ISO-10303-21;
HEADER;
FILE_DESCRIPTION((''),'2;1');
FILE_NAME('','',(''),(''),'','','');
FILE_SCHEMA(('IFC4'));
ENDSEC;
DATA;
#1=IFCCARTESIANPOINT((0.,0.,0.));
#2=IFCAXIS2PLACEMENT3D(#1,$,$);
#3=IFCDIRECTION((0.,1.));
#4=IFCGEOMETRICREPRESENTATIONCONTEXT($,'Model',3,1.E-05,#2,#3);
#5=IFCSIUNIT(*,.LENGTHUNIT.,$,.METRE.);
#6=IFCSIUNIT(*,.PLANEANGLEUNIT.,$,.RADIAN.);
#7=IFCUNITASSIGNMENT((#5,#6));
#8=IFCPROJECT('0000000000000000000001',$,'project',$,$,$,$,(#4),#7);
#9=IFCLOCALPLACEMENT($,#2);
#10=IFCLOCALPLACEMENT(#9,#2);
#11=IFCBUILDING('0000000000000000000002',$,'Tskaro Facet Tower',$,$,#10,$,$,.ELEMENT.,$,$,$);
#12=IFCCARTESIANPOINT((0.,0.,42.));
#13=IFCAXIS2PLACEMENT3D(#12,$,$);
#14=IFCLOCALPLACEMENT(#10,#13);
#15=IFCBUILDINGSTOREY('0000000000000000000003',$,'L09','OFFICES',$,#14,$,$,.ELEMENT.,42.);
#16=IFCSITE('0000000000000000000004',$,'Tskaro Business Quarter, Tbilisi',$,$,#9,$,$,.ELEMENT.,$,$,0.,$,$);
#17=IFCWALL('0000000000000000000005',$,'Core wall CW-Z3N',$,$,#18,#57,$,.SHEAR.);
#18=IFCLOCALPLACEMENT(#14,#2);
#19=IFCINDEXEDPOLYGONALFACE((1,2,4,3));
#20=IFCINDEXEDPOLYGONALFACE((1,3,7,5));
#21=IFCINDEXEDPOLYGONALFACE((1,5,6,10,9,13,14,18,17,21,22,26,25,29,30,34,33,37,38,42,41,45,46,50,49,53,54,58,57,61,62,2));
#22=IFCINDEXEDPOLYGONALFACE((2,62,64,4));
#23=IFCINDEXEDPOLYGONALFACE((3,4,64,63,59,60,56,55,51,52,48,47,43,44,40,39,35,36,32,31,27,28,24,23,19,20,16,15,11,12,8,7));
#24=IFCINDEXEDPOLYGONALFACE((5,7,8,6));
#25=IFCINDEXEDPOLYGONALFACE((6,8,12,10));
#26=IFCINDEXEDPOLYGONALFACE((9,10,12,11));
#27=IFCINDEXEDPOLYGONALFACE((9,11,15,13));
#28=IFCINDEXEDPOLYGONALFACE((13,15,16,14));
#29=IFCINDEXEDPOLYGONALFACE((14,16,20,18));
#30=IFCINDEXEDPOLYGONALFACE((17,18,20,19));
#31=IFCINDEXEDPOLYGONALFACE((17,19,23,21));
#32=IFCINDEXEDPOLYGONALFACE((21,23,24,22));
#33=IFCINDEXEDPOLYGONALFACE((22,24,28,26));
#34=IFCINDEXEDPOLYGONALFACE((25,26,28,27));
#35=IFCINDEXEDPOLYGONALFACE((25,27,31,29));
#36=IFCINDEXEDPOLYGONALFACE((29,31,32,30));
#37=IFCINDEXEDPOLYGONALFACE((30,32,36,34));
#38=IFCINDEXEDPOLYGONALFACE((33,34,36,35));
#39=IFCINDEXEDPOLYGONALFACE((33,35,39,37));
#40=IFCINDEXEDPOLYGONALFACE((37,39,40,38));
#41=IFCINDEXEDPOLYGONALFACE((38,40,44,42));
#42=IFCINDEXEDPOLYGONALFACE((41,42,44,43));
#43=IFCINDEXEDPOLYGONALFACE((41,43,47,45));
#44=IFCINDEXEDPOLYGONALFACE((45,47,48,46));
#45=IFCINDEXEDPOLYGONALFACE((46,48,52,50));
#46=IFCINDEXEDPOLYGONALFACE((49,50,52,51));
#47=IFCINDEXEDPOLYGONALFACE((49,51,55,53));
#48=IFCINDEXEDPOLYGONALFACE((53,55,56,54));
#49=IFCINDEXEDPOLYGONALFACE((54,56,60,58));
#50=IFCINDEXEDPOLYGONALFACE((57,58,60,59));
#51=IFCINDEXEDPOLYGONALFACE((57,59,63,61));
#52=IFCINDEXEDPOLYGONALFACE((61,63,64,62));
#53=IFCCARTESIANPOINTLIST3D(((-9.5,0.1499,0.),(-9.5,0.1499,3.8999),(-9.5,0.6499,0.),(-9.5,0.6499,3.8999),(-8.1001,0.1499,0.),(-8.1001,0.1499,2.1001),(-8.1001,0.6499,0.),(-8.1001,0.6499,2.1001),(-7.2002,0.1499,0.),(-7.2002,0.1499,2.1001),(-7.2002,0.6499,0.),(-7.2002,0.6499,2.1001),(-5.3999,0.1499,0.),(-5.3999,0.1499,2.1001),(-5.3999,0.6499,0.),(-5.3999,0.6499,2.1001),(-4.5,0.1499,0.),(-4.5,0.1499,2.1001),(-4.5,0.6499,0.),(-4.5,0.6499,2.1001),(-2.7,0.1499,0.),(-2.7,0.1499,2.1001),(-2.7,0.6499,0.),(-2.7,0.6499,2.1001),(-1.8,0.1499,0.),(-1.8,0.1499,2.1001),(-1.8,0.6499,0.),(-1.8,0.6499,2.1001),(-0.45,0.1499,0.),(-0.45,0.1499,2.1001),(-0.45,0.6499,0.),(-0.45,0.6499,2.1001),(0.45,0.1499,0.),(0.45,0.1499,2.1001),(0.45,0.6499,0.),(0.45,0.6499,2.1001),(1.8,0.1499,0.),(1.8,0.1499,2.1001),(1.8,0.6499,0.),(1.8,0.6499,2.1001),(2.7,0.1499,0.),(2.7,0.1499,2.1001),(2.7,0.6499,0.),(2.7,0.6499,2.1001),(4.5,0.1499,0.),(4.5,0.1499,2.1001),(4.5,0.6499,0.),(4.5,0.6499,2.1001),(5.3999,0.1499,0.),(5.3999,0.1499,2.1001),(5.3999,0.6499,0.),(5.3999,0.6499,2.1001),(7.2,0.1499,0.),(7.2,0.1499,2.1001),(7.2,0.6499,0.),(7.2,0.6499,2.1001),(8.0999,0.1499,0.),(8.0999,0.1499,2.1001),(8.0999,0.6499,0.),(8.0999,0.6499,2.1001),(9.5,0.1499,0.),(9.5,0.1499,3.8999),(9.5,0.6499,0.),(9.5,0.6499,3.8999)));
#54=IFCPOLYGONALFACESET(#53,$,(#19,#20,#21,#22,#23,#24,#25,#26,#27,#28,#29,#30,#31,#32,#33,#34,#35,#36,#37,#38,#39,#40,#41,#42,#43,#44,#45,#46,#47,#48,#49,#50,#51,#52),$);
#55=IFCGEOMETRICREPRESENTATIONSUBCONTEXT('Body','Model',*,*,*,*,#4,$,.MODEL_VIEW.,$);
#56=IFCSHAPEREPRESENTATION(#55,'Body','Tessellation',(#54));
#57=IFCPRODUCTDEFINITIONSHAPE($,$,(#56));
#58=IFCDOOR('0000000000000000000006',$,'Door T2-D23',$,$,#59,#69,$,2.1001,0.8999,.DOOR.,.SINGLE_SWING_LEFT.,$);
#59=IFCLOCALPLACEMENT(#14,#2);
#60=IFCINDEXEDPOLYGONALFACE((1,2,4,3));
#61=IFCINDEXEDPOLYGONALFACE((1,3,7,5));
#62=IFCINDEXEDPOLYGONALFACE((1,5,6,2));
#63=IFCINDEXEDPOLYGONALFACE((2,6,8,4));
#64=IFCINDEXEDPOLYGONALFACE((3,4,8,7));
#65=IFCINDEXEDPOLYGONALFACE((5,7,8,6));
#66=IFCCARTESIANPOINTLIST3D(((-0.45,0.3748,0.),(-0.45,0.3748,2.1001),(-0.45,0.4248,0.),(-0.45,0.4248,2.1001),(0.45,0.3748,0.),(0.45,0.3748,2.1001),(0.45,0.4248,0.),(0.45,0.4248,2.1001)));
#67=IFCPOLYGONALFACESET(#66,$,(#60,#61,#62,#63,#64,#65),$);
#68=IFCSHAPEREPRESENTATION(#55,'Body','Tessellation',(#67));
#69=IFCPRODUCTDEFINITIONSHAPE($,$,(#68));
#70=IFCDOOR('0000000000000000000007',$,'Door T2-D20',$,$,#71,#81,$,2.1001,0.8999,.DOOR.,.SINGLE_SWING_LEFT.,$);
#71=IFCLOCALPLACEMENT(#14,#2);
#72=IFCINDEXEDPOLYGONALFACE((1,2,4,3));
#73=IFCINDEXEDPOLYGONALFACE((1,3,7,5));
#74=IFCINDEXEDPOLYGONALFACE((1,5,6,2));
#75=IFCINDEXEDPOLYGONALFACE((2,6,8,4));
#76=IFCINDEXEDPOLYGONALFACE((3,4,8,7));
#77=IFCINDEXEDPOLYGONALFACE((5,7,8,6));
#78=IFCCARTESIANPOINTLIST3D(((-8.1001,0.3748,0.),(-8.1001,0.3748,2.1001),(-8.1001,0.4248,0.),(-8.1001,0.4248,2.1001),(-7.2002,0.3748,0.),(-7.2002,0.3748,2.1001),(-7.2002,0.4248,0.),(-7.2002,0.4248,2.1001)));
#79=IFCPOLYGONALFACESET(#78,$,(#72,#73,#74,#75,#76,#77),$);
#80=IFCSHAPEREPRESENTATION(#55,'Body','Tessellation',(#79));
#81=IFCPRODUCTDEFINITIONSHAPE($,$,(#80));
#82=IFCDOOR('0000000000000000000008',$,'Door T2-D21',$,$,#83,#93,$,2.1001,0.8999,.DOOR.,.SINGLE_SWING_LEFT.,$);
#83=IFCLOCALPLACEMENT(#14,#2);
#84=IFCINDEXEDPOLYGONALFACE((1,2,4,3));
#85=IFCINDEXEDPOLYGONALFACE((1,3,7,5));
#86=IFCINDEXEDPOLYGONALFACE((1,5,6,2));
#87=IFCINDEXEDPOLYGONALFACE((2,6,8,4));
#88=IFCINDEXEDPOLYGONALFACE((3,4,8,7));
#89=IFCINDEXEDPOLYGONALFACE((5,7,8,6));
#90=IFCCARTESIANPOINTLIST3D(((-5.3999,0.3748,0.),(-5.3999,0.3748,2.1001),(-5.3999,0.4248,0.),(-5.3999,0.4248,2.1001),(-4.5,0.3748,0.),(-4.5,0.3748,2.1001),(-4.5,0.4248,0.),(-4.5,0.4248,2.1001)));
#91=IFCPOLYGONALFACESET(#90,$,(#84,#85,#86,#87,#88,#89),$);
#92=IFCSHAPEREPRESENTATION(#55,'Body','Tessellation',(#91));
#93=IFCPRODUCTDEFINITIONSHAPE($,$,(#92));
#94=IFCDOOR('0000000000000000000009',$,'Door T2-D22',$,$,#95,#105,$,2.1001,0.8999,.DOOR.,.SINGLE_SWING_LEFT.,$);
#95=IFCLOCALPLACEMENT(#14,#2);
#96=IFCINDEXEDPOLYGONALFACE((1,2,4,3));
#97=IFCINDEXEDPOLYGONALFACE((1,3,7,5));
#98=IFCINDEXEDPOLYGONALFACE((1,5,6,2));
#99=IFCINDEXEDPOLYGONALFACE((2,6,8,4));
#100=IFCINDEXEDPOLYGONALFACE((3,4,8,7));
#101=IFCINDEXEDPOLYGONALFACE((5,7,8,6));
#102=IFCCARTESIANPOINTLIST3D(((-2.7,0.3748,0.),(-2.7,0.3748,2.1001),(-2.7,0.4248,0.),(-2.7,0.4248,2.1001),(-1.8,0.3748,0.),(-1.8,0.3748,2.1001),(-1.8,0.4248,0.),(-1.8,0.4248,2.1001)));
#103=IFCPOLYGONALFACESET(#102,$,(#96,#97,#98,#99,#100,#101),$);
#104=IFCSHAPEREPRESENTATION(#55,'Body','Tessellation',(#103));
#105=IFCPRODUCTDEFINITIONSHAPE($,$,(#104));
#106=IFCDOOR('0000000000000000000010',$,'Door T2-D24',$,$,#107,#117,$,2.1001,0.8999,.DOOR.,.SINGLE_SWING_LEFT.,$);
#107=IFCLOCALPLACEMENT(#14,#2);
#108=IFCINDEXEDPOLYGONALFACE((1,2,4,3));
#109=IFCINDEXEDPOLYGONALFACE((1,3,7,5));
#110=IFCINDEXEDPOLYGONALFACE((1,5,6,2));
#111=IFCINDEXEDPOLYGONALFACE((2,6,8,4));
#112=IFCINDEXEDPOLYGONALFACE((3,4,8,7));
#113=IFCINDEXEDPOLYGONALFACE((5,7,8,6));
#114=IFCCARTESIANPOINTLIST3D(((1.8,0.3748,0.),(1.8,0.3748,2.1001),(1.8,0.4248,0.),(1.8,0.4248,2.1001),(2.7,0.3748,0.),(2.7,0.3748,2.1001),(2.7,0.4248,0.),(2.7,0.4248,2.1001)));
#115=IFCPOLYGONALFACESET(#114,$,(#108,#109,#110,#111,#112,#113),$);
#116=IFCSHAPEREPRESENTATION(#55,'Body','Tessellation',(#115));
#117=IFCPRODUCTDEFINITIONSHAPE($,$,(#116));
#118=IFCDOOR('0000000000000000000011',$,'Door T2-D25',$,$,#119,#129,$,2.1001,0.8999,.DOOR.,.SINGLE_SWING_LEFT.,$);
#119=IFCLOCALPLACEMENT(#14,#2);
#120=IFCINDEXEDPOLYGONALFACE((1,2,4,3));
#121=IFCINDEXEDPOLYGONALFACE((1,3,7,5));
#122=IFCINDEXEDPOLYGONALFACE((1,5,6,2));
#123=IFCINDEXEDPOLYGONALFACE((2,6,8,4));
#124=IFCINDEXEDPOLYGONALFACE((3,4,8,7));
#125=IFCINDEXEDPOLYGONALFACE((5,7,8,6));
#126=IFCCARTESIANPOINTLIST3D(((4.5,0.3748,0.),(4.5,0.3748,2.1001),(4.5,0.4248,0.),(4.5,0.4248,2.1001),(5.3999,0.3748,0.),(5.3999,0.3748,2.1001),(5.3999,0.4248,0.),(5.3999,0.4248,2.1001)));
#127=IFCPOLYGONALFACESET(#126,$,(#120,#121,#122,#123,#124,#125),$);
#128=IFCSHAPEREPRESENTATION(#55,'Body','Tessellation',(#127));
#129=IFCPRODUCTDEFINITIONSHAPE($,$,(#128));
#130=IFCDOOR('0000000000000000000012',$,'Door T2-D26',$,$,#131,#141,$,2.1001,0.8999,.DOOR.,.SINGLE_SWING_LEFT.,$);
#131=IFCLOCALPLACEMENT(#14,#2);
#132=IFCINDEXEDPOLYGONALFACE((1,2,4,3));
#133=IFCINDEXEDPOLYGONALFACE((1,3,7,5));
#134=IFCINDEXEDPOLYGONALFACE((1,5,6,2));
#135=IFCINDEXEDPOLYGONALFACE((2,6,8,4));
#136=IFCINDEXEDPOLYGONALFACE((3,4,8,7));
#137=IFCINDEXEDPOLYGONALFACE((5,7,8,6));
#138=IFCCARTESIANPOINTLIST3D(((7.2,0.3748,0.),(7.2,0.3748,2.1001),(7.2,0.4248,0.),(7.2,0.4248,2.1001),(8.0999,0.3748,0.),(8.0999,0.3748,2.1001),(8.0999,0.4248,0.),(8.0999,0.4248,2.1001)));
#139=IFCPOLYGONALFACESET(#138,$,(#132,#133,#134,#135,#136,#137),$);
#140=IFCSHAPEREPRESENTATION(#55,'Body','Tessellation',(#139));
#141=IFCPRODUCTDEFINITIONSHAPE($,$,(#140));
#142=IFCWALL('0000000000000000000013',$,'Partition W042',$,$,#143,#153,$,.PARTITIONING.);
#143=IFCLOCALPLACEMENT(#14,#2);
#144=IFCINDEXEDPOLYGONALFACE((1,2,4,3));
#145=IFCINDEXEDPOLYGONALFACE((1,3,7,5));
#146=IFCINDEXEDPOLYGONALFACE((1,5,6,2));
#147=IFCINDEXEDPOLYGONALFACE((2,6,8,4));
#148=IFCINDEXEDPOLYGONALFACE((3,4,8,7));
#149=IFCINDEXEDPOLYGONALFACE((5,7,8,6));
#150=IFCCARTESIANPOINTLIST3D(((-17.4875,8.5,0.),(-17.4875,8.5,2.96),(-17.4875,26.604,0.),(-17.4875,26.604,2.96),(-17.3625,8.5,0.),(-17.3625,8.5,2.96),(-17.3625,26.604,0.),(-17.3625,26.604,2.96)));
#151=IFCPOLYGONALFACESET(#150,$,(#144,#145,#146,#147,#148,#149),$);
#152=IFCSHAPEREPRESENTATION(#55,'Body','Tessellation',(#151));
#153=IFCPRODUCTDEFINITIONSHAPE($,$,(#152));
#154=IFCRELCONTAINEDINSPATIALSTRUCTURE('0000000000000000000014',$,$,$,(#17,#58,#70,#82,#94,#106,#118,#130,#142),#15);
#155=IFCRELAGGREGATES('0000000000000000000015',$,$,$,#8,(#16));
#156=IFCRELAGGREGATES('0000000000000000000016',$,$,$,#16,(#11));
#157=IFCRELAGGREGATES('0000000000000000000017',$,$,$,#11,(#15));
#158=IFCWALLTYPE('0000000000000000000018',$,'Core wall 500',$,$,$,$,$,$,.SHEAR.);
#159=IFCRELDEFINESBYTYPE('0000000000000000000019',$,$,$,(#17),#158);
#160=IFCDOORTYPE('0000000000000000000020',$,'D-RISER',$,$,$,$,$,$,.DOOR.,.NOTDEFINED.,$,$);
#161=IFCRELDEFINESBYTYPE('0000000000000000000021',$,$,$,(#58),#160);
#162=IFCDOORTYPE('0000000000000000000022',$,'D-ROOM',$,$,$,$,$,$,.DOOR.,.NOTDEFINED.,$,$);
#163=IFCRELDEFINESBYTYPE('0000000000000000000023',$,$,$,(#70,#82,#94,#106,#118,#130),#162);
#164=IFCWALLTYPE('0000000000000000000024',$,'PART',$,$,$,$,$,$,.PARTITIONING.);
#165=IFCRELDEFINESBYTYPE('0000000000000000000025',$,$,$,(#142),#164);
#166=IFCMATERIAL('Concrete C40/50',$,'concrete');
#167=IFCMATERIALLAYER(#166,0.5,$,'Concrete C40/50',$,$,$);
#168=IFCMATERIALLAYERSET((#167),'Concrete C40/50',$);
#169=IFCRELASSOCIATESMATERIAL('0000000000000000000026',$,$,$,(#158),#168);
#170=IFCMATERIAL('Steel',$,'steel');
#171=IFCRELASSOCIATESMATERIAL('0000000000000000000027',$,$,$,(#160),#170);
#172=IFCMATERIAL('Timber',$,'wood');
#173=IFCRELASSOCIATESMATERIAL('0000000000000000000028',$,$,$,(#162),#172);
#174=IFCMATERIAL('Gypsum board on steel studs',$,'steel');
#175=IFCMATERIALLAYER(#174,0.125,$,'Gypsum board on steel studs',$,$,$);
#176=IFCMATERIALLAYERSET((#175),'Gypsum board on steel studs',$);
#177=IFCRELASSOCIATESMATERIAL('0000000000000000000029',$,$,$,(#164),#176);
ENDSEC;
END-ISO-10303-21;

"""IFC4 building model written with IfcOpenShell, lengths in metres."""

from ifc_helpers import new_model, si_unit, direction, frame, frame_2d, origin, place, context, subcontext, project, spatial, rectangle, extrude, material, layer, layer_set, type_object, element, fill, save


model = new_model("IFC4")

# Units and contexts
model_context = context("Model", 3, precision=1e-05, world=origin(), true_north=direction((0.0, 1.0)))
body_context = subcontext(model_context, "Body", "Model", "MODEL_VIEW")
ifc_project = project(units=[si_unit("LENGTHUNIT", "METRE"), si_unit("PLANEANGLEUNIT", "RADIAN")], contexts=[model_context])

# Site, building, storey
site_placement = place(None, origin())
site = spatial("IfcSite", under=ifc_project, at=site_placement, Name="Tskaro Business Quarter, Tbilisi", CompositionType="ELEMENT", RefElevation=0.0)
building_placement = place(site_placement, origin())
building = spatial("IfcBuilding", under=site, at=building_placement, Name="Tskaro Facet Tower", CompositionType="ELEMENT")
storey_placement = place(building_placement, frame((0.0, 0.0, 42.0)))
storey = spatial("IfcBuildingStorey", under=building, at=storey_placement, Name="L09", Description="OFFICES", CompositionType="ELEMENT", Elevation=42.0)

# Wall, openings, doors
ifc_material_1 = material(Name="Concrete C40/50", Category="concrete")
ifc_layer_1 = layer(ifc_material_1, 0.5, Name="Concrete C40/50")
ifc_layer_set_1 = layer_set([ifc_layer_1], Name="Concrete C40/50")
wall_type_1 = type_object("IfcWallType", Name="Core wall 500", PredefinedType="SHEAR", material=ifc_layer_set_1)
wall_1_placement = place(storey_placement, frame((-9.5, 0.3999, 0.0), z_axis=(0.0, 0.0, 1.0), x_axis=(1.0, 0.0, 0.0)))
wall_1 = element("IfcWall", 1, at=wall_1_placement, inside=storey, type_object=wall_type_1, Name="Core wall CW-Z3N", PredefinedType="SHEAR", context=body_context, shape_type="SweptSolid", body=[
    extrude(rectangle(XDim=19.0, YDim=0.5, at=frame_2d((9.5, 0.0))), origin(), (0.0, 0.0, 1.0), 3.8999),
])
opening_1_placement = place(wall_1_placement, frame((1.3999, 0.0, 0.0)))
opening_1 = element("IfcOpeningElement", 2, at=opening_1_placement, cuts=wall_1, PredefinedType="OPENING", context=body_context, shape_type="SweptSolid", body=[
    extrude(rectangle(XDim=0.8999, YDim=2.1001, at=frame_2d((0.45, 1.05))), frame((0.0, 0.26, 0.0), z_axis=(0.0, -1.0, 0.0), x_axis=(1.0, 0.0, 0.0)), (0.0, 0.0, 1.0), 0.52),
])
opening_2_placement = place(wall_1_placement, frame((4.1001, 0.0, 0.0)))
opening_2 = element("IfcOpeningElement", 3, at=opening_2_placement, cuts=wall_1, PredefinedType="OPENING", context=body_context, shape_type="SweptSolid", body=[
    extrude(rectangle(XDim=0.8999, YDim=2.1001, at=frame_2d((0.45, 1.05))), frame((0.0, 0.26, 0.0), z_axis=(0.0, -1.0, 0.0), x_axis=(1.0, 0.0, 0.0)), (0.0, 0.0, 1.0), 0.52),
])
opening_3_placement = place(wall_1_placement, frame((6.8, 0.0, 0.0)))
opening_3 = element("IfcOpeningElement", 4, at=opening_3_placement, cuts=wall_1, PredefinedType="OPENING", context=body_context, shape_type="SweptSolid", body=[
    extrude(rectangle(XDim=0.8999, YDim=2.1001, at=frame_2d((0.45, 1.05))), frame((0.0, 0.26, 0.0), z_axis=(0.0, -1.0, 0.0), x_axis=(1.0, 0.0, 0.0)), (0.0, 0.0, 1.0), 0.52),
])
opening_4_placement = place(wall_1_placement, frame((11.3, 0.0, 0.0)))
opening_4 = element("IfcOpeningElement", 5, at=opening_4_placement, cuts=wall_1, PredefinedType="OPENING", context=body_context, shape_type="SweptSolid", body=[
    extrude(rectangle(XDim=0.8999, YDim=2.1001, at=frame_2d((0.45, 1.05))), frame((0.0, 0.26, 0.0), z_axis=(0.0, -1.0, 0.0), x_axis=(1.0, 0.0, 0.0)), (0.0, 0.0, 1.0), 0.52),
])
opening_5_placement = place(wall_1_placement, frame((14.0, 0.0, 0.0)))
opening_5 = element("IfcOpeningElement", 6, at=opening_5_placement, cuts=wall_1, PredefinedType="OPENING", context=body_context, shape_type="SweptSolid", body=[
    extrude(rectangle(XDim=0.8999, YDim=2.1001, at=frame_2d((0.45, 1.05))), frame((0.0, 0.26, 0.0), z_axis=(0.0, -1.0, 0.0), x_axis=(1.0, 0.0, 0.0)), (0.0, 0.0, 1.0), 0.52),
])
opening_6_placement = place(wall_1_placement, frame((16.7, 0.0, 0.0)))
opening_6 = element("IfcOpeningElement", 7, at=opening_6_placement, cuts=wall_1, PredefinedType="OPENING", context=body_context, shape_type="SweptSolid", body=[
    extrude(rectangle(XDim=0.8999, YDim=2.1001, at=frame_2d((0.45, 1.05))), frame((0.0, 0.26, 0.0), z_axis=(0.0, -1.0, 0.0), x_axis=(1.0, 0.0, 0.0)), (0.0, 0.0, 1.0), 0.52),
])
opening_7_placement = place(wall_1_placement, frame((9.05, 0.0, 0.0)))
opening_7 = element("IfcOpeningElement", 8, at=opening_7_placement, cuts=wall_1, PredefinedType="OPENING", context=body_context, shape_type="SweptSolid", body=[
    extrude(rectangle(XDim=0.8999, YDim=2.1001, at=frame_2d((0.45, 1.05))), frame((0.0, 0.26, 0.0), z_axis=(0.0, -1.0, 0.0), x_axis=(1.0, 0.0, 0.0)), (0.0, 0.0, 1.0), 0.52),
])
ifc_material_2 = material(Name="Steel", Category="steel")
door_type_1 = type_object("IfcDoorType", Name="D-RISER", OperationType="NOTDEFINED", PredefinedType="DOOR", material=ifc_material_2)
door_1_placement = place(opening_7_placement, origin())
door_1 = element("IfcDoor", 9, at=door_1_placement, inside=storey, type_object=door_type_1, Name="Door T2-D23", OperationType="SINGLE_SWING_LEFT", OverallHeight=2.1001, OverallWidth=0.8999, PredefinedType="DOOR", context=body_context, shape_type="SweptSolid", body=[
    extrude(rectangle(XDim=0.8999, YDim=2.1001, at=frame_2d((0.45, 1.05))), frame((0.0, 0.0249, 0.0), z_axis=(0.0, -1.0, 0.0), x_axis=(1.0, 0.0, 0.0)), (0.0, 0.0, 1.0), 0.05),
])
fill(opening_7, door_1)
ifc_material_3 = material(Name="Timber", Category="wood")
door_type_2 = type_object("IfcDoorType", Name="D-ROOM", OperationType="NOTDEFINED", PredefinedType="DOOR", material=ifc_material_3)
door_2_placement = place(opening_1_placement, origin())
door_2 = element("IfcDoor", 10, at=door_2_placement, inside=storey, type_object=door_type_2, Name="Door T2-D20", OperationType="SINGLE_SWING_LEFT", OverallHeight=2.1001, OverallWidth=0.8999, PredefinedType="DOOR", context=body_context, shape_type="SweptSolid", body=[
    extrude(rectangle(XDim=0.8999, YDim=2.1001, at=frame_2d((0.45, 1.05))), frame((0.0, 0.0249, 0.0), z_axis=(0.0, -1.0, 0.0), x_axis=(1.0, 0.0, 0.0)), (0.0, 0.0, 1.0), 0.05),
])
fill(opening_1, door_2)
door_3_placement = place(opening_2_placement, origin())
door_3 = element("IfcDoor", 11, at=door_3_placement, inside=storey, type_object=door_type_2, Name="Door T2-D21", OperationType="SINGLE_SWING_LEFT", OverallHeight=2.1001, OverallWidth=0.8999, PredefinedType="DOOR", context=body_context, shape_type="SweptSolid", body=[
    extrude(rectangle(XDim=0.8999, YDim=2.1001, at=frame_2d((0.45, 1.05))), frame((0.0, 0.0249, 0.0), z_axis=(0.0, -1.0, 0.0), x_axis=(1.0, 0.0, 0.0)), (0.0, 0.0, 1.0), 0.05),
])
fill(opening_2, door_3)
door_4_placement = place(opening_3_placement, origin())
door_4 = element("IfcDoor", 12, at=door_4_placement, inside=storey, type_object=door_type_2, Name="Door T2-D22", OperationType="SINGLE_SWING_LEFT", OverallHeight=2.1001, OverallWidth=0.8999, PredefinedType="DOOR", context=body_context, shape_type="SweptSolid", body=[
    extrude(rectangle(XDim=0.8999, YDim=2.1001, at=frame_2d((0.45, 1.05))), frame((0.0, 0.0249, 0.0), z_axis=(0.0, -1.0, 0.0), x_axis=(1.0, 0.0, 0.0)), (0.0, 0.0, 1.0), 0.05),
])
fill(opening_3, door_4)
door_5_placement = place(opening_4_placement, origin())
door_5 = element("IfcDoor", 13, at=door_5_placement, inside=storey, type_object=door_type_2, Name="Door T2-D24", OperationType="SINGLE_SWING_LEFT", OverallHeight=2.1001, OverallWidth=0.8999, PredefinedType="DOOR", context=body_context, shape_type="SweptSolid", body=[
    extrude(rectangle(XDim=0.8999, YDim=2.1001, at=frame_2d((0.45, 1.05))), frame((0.0, 0.0249, 0.0), z_axis=(0.0, -1.0, 0.0), x_axis=(1.0, 0.0, 0.0)), (0.0, 0.0, 1.0), 0.05),
])
fill(opening_4, door_5)
door_6_placement = place(opening_5_placement, origin())
door_6 = element("IfcDoor", 14, at=door_6_placement, inside=storey, type_object=door_type_2, Name="Door T2-D25", OperationType="SINGLE_SWING_LEFT", OverallHeight=2.1001, OverallWidth=0.8999, PredefinedType="DOOR", context=body_context, shape_type="SweptSolid", body=[
    extrude(rectangle(XDim=0.8999, YDim=2.1001, at=frame_2d((0.45, 1.05))), frame((0.0, 0.0249, 0.0), z_axis=(0.0, -1.0, 0.0), x_axis=(1.0, 0.0, 0.0)), (0.0, 0.0, 1.0), 0.05),
])
fill(opening_5, door_6)
door_7_placement = place(opening_6_placement, origin())
door_7 = element("IfcDoor", 15, at=door_7_placement, inside=storey, type_object=door_type_2, Name="Door T2-D26", OperationType="SINGLE_SWING_LEFT", OverallHeight=2.1001, OverallWidth=0.8999, PredefinedType="DOOR", context=body_context, shape_type="SweptSolid", body=[
    extrude(rectangle(XDim=0.8999, YDim=2.1001, at=frame_2d((0.45, 1.05))), frame((0.0, 0.0249, 0.0), z_axis=(0.0, -1.0, 0.0), x_axis=(1.0, 0.0, 0.0)), (0.0, 0.0, 1.0), 0.05),
])
fill(opening_6, door_7)

# Wall
ifc_material_4 = material(Name="Gypsum board on steel studs", Category="steel")
ifc_layer_2 = layer(ifc_material_4, 0.125, Name="Gypsum board on steel studs")
ifc_layer_set_2 = layer_set([ifc_layer_2], Name="Gypsum board on steel studs")
wall_type_2 = type_object("IfcWallType", Name="PART", PredefinedType="PARTITIONING", material=ifc_layer_set_2)
wall_2_placement = place(storey_placement, frame((-17.425, 8.5, 0.0), z_axis=(0.0, 0.0, 1.0), x_axis=(0.0, 1.0, 0.0)))
element("IfcWall", 16, at=wall_2_placement, inside=storey, type_object=wall_type_2, Name="Partition W042", PredefinedType="PARTITIONING", context=body_context, shape_type="SweptSolid", body=[
    extrude(rectangle(XDim=18.104, YDim=0.125, at=frame_2d((9.052, 0.0))), origin(), (0.0, 0.0, 1.0), 2.96),
])

save(model, "model.ifc")
